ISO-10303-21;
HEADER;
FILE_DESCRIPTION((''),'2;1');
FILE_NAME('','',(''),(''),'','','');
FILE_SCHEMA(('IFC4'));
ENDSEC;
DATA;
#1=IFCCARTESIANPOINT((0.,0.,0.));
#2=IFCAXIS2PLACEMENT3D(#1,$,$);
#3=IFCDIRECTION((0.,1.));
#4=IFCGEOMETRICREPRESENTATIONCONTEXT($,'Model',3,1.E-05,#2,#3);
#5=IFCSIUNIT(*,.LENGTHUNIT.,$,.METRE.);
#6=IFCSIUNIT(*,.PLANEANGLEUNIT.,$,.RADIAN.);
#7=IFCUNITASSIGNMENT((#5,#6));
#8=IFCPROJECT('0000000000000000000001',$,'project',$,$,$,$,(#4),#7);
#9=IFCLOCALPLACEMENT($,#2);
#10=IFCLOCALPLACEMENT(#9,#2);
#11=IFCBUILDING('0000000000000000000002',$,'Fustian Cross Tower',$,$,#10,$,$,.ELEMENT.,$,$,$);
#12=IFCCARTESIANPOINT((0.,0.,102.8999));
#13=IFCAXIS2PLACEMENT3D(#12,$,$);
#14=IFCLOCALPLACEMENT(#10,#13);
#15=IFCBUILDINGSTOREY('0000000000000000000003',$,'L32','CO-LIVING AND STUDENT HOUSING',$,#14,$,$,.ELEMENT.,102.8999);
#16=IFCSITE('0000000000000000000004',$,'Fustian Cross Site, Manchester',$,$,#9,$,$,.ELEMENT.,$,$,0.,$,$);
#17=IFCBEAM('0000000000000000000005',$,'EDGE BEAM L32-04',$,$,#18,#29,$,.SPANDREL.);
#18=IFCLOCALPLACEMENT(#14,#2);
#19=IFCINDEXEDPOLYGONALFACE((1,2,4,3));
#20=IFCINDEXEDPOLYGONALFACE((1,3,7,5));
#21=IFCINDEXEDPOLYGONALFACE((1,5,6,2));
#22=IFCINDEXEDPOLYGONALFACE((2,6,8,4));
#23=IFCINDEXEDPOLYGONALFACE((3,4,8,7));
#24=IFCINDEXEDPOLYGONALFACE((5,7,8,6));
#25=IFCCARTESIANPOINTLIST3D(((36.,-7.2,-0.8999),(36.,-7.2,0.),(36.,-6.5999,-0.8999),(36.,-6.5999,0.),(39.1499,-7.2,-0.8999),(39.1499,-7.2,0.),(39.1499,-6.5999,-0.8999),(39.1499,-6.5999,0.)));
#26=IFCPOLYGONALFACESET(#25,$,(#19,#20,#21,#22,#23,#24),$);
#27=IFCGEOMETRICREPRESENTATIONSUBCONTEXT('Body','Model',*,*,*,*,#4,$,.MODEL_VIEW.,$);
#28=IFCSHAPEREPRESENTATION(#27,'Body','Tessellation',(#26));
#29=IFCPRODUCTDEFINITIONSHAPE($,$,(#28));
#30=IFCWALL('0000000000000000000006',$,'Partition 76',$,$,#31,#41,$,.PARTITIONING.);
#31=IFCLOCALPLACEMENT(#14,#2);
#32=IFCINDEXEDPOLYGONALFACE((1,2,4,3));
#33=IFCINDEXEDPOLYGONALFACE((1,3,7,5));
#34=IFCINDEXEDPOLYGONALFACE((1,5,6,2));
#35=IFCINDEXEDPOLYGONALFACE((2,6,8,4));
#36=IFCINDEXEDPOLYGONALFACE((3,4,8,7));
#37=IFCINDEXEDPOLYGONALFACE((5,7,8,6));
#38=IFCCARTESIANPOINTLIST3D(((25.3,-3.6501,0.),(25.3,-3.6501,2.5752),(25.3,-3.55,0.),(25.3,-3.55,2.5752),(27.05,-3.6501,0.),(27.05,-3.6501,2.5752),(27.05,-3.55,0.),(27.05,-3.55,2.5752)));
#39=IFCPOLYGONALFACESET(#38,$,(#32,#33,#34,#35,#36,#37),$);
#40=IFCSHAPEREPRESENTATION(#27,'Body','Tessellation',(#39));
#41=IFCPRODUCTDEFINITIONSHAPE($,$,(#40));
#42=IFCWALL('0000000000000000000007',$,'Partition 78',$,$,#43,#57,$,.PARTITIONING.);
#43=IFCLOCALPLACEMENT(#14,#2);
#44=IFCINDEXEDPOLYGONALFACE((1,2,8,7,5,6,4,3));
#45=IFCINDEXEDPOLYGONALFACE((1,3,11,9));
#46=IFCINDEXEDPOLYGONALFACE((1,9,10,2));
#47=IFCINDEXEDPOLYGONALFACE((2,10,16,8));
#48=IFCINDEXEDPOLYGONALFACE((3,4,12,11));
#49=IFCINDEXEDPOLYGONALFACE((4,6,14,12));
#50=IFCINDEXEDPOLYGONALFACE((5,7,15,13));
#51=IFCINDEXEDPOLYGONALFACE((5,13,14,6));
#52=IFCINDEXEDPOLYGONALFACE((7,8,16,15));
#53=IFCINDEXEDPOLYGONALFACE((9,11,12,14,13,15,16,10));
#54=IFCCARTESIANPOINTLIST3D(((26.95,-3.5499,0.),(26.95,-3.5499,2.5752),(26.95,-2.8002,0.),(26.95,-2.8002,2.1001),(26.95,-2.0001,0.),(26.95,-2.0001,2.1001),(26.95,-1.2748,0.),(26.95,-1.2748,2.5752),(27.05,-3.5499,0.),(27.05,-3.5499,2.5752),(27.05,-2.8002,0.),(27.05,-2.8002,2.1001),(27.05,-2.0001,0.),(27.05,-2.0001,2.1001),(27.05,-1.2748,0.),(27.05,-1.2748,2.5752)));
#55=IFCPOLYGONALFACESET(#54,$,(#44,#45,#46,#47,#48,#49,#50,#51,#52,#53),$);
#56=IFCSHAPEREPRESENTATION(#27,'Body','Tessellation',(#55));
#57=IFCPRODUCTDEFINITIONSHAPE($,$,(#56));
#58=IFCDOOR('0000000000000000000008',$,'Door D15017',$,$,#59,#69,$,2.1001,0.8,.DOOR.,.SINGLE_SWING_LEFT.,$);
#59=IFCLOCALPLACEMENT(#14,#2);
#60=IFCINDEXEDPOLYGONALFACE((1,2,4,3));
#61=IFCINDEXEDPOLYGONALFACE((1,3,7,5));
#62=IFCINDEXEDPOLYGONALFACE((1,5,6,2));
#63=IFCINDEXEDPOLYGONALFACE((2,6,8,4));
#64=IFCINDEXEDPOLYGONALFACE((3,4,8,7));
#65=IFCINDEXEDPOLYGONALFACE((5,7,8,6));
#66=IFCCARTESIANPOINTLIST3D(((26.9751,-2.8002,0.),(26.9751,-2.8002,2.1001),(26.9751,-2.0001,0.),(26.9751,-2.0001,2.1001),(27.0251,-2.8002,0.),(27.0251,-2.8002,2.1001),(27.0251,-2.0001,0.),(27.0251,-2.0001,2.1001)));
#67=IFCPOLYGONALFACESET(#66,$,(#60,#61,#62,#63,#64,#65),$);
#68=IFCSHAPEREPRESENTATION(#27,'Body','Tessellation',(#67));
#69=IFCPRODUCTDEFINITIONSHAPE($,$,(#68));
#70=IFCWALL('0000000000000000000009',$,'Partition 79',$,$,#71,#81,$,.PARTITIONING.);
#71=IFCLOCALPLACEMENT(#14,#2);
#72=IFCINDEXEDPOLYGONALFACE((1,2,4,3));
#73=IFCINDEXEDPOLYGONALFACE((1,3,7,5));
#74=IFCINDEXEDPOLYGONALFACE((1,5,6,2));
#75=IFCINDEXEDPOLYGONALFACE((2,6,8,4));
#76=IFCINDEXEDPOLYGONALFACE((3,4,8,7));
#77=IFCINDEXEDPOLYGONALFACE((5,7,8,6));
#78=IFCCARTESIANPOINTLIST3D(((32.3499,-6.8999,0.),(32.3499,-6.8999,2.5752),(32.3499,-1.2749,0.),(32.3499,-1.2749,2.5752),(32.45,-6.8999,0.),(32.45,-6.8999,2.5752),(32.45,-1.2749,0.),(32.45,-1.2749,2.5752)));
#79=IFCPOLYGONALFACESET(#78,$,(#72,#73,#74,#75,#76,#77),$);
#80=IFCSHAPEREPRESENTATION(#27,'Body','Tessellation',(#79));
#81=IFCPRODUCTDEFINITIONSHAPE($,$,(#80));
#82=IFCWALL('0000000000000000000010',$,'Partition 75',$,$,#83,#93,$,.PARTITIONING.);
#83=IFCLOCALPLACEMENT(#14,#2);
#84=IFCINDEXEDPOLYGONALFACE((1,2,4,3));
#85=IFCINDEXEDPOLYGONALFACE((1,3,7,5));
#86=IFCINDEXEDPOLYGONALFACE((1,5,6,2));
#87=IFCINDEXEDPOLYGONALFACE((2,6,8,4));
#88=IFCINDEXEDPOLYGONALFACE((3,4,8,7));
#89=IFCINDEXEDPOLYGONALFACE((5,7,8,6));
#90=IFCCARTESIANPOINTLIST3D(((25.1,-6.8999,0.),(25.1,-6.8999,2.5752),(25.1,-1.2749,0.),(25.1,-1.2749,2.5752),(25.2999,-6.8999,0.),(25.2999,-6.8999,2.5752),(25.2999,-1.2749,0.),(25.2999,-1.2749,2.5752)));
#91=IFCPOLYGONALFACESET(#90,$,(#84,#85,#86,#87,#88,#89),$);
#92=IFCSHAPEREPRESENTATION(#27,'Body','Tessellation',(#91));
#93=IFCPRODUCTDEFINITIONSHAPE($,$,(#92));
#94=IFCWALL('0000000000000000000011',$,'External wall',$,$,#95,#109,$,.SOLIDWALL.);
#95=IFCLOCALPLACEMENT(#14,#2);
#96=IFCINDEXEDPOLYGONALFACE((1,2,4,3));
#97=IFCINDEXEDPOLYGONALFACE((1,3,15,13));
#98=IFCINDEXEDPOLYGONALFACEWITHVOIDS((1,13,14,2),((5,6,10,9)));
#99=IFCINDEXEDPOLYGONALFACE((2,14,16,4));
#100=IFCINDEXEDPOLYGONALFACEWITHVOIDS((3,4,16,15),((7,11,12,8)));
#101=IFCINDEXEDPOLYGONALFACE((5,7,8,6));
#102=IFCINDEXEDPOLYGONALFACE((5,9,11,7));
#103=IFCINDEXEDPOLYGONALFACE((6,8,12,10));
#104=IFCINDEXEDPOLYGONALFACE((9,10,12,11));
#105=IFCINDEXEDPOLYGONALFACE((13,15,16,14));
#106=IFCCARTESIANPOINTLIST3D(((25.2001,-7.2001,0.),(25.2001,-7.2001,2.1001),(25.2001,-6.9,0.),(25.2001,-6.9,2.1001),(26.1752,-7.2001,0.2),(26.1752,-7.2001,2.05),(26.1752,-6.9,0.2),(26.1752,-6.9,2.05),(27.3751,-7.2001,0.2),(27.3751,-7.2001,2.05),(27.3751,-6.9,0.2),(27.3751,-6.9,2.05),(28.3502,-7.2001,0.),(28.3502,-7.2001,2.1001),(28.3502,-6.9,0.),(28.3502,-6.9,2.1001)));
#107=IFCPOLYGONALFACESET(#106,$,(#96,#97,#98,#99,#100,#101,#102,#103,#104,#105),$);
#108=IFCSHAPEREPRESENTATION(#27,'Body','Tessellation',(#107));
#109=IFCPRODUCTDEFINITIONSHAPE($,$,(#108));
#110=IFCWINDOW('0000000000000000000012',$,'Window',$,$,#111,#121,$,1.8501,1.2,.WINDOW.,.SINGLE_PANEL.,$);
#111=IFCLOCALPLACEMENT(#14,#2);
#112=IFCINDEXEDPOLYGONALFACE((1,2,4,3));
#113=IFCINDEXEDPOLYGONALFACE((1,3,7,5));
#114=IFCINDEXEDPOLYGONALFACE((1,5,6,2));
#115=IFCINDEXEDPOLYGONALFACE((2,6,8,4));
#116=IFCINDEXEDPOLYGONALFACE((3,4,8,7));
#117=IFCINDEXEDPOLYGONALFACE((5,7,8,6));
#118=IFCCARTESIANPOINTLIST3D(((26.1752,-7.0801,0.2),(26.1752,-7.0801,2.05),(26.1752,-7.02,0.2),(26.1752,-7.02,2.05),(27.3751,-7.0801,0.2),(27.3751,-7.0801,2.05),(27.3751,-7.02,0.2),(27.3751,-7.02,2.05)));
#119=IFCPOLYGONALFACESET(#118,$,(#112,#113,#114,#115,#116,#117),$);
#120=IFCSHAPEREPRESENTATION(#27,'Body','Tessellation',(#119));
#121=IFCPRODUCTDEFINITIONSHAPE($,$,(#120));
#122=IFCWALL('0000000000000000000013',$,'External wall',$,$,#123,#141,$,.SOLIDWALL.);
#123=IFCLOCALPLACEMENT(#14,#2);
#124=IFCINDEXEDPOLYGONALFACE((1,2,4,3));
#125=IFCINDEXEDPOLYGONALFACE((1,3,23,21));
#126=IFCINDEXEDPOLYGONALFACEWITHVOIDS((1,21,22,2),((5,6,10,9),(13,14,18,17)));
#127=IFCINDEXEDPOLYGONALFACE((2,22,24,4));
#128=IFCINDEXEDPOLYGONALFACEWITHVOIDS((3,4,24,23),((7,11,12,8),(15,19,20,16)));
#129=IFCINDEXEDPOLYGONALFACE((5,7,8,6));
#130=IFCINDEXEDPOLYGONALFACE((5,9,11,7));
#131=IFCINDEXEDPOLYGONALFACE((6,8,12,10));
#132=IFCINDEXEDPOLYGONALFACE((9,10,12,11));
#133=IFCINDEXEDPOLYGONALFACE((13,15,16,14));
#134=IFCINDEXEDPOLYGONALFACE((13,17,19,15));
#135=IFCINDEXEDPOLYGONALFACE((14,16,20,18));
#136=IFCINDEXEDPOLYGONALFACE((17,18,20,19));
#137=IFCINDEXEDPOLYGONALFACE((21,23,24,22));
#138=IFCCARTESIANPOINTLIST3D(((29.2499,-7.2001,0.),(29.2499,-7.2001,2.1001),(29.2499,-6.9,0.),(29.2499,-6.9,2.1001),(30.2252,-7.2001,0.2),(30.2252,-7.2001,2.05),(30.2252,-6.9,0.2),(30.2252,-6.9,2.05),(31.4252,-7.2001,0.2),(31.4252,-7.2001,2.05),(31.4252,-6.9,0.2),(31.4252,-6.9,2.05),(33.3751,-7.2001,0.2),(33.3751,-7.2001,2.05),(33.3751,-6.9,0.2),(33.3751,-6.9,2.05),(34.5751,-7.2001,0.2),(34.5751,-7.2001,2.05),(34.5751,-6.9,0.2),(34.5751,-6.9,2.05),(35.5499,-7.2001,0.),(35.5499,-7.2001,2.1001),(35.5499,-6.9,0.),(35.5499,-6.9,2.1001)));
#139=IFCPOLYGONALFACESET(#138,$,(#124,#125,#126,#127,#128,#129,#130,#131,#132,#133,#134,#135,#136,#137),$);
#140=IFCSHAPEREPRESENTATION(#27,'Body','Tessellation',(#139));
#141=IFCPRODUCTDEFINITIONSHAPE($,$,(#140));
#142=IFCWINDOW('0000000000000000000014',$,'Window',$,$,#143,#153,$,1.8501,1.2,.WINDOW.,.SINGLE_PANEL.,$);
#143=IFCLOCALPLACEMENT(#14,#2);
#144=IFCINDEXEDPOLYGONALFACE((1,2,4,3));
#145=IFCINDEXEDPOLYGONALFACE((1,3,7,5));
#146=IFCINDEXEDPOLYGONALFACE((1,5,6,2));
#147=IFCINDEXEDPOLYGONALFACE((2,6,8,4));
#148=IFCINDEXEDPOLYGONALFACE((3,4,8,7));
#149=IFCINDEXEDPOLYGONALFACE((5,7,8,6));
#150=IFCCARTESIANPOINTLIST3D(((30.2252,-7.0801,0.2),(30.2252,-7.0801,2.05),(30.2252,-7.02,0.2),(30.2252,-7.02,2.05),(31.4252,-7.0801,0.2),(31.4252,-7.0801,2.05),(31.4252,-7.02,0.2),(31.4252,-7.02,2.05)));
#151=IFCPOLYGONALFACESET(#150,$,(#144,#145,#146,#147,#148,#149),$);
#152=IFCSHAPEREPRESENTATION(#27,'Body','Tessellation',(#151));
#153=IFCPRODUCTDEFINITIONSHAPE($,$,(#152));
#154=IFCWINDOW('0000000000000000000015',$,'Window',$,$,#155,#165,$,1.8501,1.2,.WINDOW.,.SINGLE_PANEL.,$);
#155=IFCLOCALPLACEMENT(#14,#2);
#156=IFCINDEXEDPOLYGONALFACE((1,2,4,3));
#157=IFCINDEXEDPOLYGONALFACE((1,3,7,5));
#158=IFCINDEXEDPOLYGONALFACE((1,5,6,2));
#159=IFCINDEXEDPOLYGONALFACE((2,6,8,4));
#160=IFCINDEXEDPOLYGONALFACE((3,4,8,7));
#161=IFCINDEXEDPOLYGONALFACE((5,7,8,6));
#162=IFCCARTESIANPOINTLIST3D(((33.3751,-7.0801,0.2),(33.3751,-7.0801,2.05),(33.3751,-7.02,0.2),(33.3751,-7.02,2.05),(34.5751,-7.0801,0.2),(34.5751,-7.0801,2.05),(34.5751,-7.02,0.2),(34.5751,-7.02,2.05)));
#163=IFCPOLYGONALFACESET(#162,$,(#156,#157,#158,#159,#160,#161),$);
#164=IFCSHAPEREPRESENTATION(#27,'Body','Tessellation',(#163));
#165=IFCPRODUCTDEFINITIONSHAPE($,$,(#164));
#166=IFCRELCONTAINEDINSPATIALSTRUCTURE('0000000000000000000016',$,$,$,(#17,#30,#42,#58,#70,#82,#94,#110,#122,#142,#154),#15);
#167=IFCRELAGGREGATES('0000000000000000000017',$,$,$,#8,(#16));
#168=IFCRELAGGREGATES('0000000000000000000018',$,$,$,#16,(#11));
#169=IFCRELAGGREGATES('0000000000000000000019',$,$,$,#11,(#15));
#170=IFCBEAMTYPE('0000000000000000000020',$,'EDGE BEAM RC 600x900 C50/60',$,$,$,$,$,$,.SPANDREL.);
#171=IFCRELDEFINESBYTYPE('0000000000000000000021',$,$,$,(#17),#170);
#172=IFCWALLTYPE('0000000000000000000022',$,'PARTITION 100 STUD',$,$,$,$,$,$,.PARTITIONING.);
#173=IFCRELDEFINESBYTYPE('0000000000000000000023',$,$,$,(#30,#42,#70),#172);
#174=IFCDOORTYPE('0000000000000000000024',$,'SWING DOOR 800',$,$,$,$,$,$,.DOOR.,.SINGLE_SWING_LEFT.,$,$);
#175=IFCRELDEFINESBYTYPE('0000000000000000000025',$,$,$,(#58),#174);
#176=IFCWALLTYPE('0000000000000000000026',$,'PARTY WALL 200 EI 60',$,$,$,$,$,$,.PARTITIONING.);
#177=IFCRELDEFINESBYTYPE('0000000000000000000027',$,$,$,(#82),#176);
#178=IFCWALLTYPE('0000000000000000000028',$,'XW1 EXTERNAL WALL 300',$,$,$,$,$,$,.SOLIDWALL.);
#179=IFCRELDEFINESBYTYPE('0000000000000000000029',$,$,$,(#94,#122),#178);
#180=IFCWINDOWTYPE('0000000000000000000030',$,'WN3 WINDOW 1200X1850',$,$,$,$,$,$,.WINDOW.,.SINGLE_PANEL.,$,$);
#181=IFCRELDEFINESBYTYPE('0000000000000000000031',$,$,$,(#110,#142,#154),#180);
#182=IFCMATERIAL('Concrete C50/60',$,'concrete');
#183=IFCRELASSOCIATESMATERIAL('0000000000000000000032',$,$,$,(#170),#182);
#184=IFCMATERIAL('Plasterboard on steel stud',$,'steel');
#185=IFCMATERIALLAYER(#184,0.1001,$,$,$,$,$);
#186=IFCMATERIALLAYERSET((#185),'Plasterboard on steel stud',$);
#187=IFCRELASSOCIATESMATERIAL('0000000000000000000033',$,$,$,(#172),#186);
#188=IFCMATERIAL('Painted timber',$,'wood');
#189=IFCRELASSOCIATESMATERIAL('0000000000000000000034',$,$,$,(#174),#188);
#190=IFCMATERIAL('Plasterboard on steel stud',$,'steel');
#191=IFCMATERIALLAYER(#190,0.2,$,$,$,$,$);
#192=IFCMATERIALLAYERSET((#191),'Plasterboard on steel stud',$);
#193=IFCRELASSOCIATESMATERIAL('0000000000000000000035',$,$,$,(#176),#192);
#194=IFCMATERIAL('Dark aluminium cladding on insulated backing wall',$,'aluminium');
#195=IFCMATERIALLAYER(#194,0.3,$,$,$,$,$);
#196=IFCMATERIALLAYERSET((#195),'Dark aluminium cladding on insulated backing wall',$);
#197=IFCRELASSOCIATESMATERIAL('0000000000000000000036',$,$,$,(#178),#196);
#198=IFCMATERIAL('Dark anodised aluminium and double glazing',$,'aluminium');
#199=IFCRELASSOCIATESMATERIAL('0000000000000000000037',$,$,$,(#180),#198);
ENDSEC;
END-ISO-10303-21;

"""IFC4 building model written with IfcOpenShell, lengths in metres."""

from ifc_helpers import new_model, si_unit, direction, frame, frame_2d, origin, origin_2d, place, context, subcontext, project, spatial, rectangle, extrude, material, layer, layer_set, material_profile, profile_set, type_object, element, fill, save


model = new_model("IFC4")

# Units and contexts
model_context = context("Model", 3, precision=1e-05, world=origin(), true_north=direction((0.0, 1.0)))
body_context = subcontext(model_context, "Body", "Model", "MODEL_VIEW")
ifc_project = project(units=[si_unit("LENGTHUNIT", "METRE"), si_unit("PLANEANGLEUNIT", "RADIAN")], contexts=[model_context])

# Site, building, storey
site_placement = place(None, origin())
site = spatial("IfcSite", under=ifc_project, at=site_placement, Name="Fustian Cross Site, Manchester", CompositionType="ELEMENT", RefElevation=0.0)
building_placement = place(site_placement, origin())
building = spatial("IfcBuilding", under=site, at=building_placement, Name="Fustian Cross Tower", CompositionType="ELEMENT")
storey_placement = place(building_placement, frame((0.0, 0.0, 102.8999)))
storey = spatial("IfcBuildingStorey", under=building, at=storey_placement, Name="L32", Description="CO-LIVING AND STUDENT HOUSING", CompositionType="ELEMENT", Elevation=102.8999)

# Beam
ifc_material_1 = material(Name="Concrete C50/60", Category="concrete")
ifc_material_profile_1 = material_profile(ifc_material_1, rectangle(XDim=0.6001, YDim=0.8999, at=origin_2d()), Name="RC 600x900")
ifc_profile_set_1 = profile_set([ifc_material_profile_1], Name="Concrete C50/60")
beam_type = type_object("IfcBeamType", Name="EDGE BEAM RC 600x900 C50/60", PredefinedType="SPANDREL", material=ifc_profile_set_1)
beam_1_placement = place(storey_placement, frame((36.0, -6.8999, -0.45), z_axis=(1.0, 0.0, 0.0), x_axis=(0.0, 1.0, 0.0)))
element("IfcBeam", 1, at=beam_1_placement, inside=storey, type_object=beam_type, Name="EDGE BEAM L32-04", PredefinedType="SPANDREL", context=body_context, shape_type="SweptSolid", body=[
    extrude(rectangle(XDim=0.6001, YDim=0.8999, at=origin_2d()), origin(), (0.0, 0.0, 1.0), 3.1499),
])

# Wall
ifc_material_2 = material(Name="Plasterboard on steel stud", Category="steel")
ifc_layer_1 = layer(ifc_material_2, 0.1001)
ifc_layer_set_1 = layer_set([ifc_layer_1], Name="Plasterboard on steel stud")
wall_type_1 = type_object("IfcWallType", Name="PARTITION 100 STUD", PredefinedType="PARTITIONING", material=ifc_layer_set_1)
wall_1_placement = place(storey_placement, frame((25.3, -3.6001, 0.0), z_axis=(0.0, 0.0, 1.0), x_axis=(1.0, 0.0, 0.0)))
element("IfcWall", 2, at=wall_1_placement, inside=storey, type_object=wall_type_1, Name="Partition 76", PredefinedType="PARTITIONING", context=body_context, shape_type="SweptSolid", body=[
    extrude(rectangle(XDim=1.75, YDim=0.1001, at=frame_2d((0.875, 0.0))), origin(), (0.0, 0.0, 1.0), 2.5752),
])

# Wall, opening, door
wall_2_placement = place(storey_placement, frame((27.0, -3.55, 0.0), z_axis=(0.0, 0.0, 1.0), x_axis=(0.0, 1.0, 0.0)))
wall_2 = element("IfcWall", 3, at=wall_2_placement, inside=storey, type_object=wall_type_1, Name="Partition 78", PredefinedType="PARTITIONING", context=body_context, shape_type="SweptSolid", body=[
    extrude(rectangle(XDim=2.2751, YDim=0.1001, at=frame_2d((1.1377, 0.0))), origin(), (0.0, 0.0, 1.0), 2.5752),
])
opening_1_placement = place(wall_2_placement, frame((0.75, 0.0, 0.0)))
opening_1 = element("IfcOpeningElement", 4, at=opening_1_placement, cuts=wall_2, PredefinedType="OPENING", context=body_context, shape_type="SweptSolid", body=[
    extrude(rectangle(XDim=0.8, YDim=2.1001, at=frame_2d((0.3999, 1.05))), frame((0.0, 0.0601, 0.0), z_axis=(0.0, -1.0, 0.0), x_axis=(1.0, 0.0, 0.0)), (0.0, 0.0, 1.0), 0.1201),
])
ifc_material_3 = material(Name="Painted timber", Category="wood")
door_type = type_object("IfcDoorType", Name="SWING DOOR 800", OperationType="SINGLE_SWING_LEFT", PredefinedType="DOOR", material=ifc_material_3)
door_placement = place(opening_1_placement, origin())
door = element("IfcDoor", 5, at=door_placement, inside=storey, type_object=door_type, Name="Door D15017", OperationType="SINGLE_SWING_LEFT", OverallHeight=2.1001, OverallWidth=0.8, PredefinedType="DOOR", context=body_context, shape_type="SweptSolid", body=[
    extrude(rectangle(XDim=0.8, YDim=2.1001, at=frame_2d((0.3999, 1.05))), frame((0.0, 0.0249, 0.0), z_axis=(0.0, -1.0, 0.0), x_axis=(1.0, 0.0, 0.0)), (0.0, 0.0, 1.0), 0.05),
])
fill(opening_1, door)

# Walls
wall_3_placement = place(storey_placement, frame((32.3999, -6.8999, 0.0), z_axis=(0.0, 0.0, 1.0), x_axis=(0.0, 1.0, 0.0)))
element("IfcWall", 6, at=wall_3_placement, inside=storey, type_object=wall_type_1, Name="Partition 79", PredefinedType="PARTITIONING", context=body_context, shape_type="SweptSolid", body=[
    extrude(rectangle(XDim=5.625, YDim=0.1001, at=frame_2d((2.8125, 0.0))), origin(), (0.0, 0.0, 1.0), 2.5752),
])
ifc_material_4 = material(Name="Plasterboard on steel stud", Category="steel")
ifc_layer_2 = layer(ifc_material_4, 0.2)
ifc_layer_set_2 = layer_set([ifc_layer_2], Name="Plasterboard on steel stud")
wall_type_2 = type_object("IfcWallType", Name="PARTY WALL 200 EI 60", PredefinedType="PARTITIONING", material=ifc_layer_set_2)
wall_4_placement = place(storey_placement, frame((25.2, -6.8999, 0.0), z_axis=(0.0, 0.0, 1.0), x_axis=(0.0, 1.0, 0.0)))
element("IfcWall", 7, at=wall_4_placement, inside=storey, type_object=wall_type_2, Name="Partition 75", PredefinedType="PARTITIONING", context=body_context, shape_type="SweptSolid", body=[
    extrude(rectangle(XDim=5.625, YDim=0.2, at=frame_2d((2.8125, 0.0))), origin(), (0.0, 0.0, 1.0), 2.5752),
])

# Wall, opening, window
ifc_material_5 = material(Name="Dark aluminium cladding on insulated backing wall", Category="aluminium")
ifc_layer_3 = layer(ifc_material_5, 0.3)
ifc_layer_set_3 = layer_set([ifc_layer_3], Name="Dark aluminium cladding on insulated backing wall")
wall_type_3 = type_object("IfcWallType", Name="XW1 EXTERNAL WALL 300", PredefinedType="SOLIDWALL", material=ifc_layer_set_3)
wall_5_placement = place(storey_placement, frame((25.2, -7.05, 0.0), z_axis=(0.0, 0.0, 1.0), x_axis=(1.0, 0.0, 0.0)))
wall_5 = element("IfcWall", 8, at=wall_5_placement, inside=storey, type_object=wall_type_3, Name="External wall", PredefinedType="SOLIDWALL", context=body_context, shape_type="SweptSolid", body=[
    extrude(rectangle(XDim=3.1501, YDim=0.3, at=frame_2d((1.5752, 0.0))), origin(), (0.0, 0.0, 1.0), 2.1001),
])
opening_2_placement = place(wall_5_placement, frame((0.9751, 0.0, 0.2)))
opening_2 = element("IfcOpeningElement", 9, at=opening_2_placement, cuts=wall_5, PredefinedType="OPENING", context=body_context, shape_type="SweptSolid", body=[
    extrude(rectangle(XDim=1.2, YDim=1.8501, at=frame_2d((0.6001, 0.925))), frame((0.0, 0.1599, 0.0), z_axis=(0.0, -1.0, 0.0), x_axis=(1.0, 0.0, 0.0)), (0.0, 0.0, 1.0), 0.3201),
])
ifc_material_6 = material(Name="Dark anodised aluminium and double glazing", Category="aluminium")
window_type = type_object("IfcWindowType", Name="WN3 WINDOW 1200X1850", PartitioningType="SINGLE_PANEL", PredefinedType="WINDOW", material=ifc_material_6)
window_1_placement = place(opening_2_placement, origin())
window_1 = element("IfcWindow", 10, at=window_1_placement, inside=storey, type_object=window_type, Name="Window", OverallHeight=1.8501, OverallWidth=1.2, PartitioningType="SINGLE_PANEL", PredefinedType="WINDOW", context=body_context, shape_type="SweptSolid", body=[
    extrude(rectangle(XDim=1.2, YDim=1.8501, at=frame_2d((0.6001, 0.925))), frame((0.0, 0.03, 0.0), z_axis=(0.0, -1.0, 0.0), x_axis=(1.0, 0.0, 0.0)), (0.0, 0.0, 1.0), 0.0601),
])
fill(opening_2, window_1)

# Wall, openings, windows
wall_6_placement = place(storey_placement, frame((29.25, -7.05, 0.0), z_axis=(0.0, 0.0, 1.0), x_axis=(1.0, 0.0, 0.0)))
wall_6 = element("IfcWall", 11, at=wall_6_placement, inside=storey, type_object=wall_type_3, Name="External wall", PredefinedType="SOLIDWALL", context=body_context, shape_type="SweptSolid", body=[
    extrude(rectangle(XDim=6.3, YDim=0.3, at=frame_2d((3.1499, 0.0))), origin(), (0.0, 0.0, 1.0), 2.1001),
])
opening_3_placement = place(wall_6_placement, frame((0.9751, 0.0, 0.2)))
opening_3 = element("IfcOpeningElement", 12, at=opening_3_placement, cuts=wall_6, PredefinedType="OPENING", context=body_context, shape_type="SweptSolid", body=[
    extrude(rectangle(XDim=1.2, YDim=1.8501, at=frame_2d((0.6001, 0.925))), frame((0.0, 0.1599, 0.0), z_axis=(0.0, -1.0, 0.0), x_axis=(1.0, 0.0, 0.0)), (0.0, 0.0, 1.0), 0.3201),
])
opening_4_placement = place(wall_6_placement, frame((4.125, 0.0, 0.2)))
opening_4 = element("IfcOpeningElement", 13, at=opening_4_placement, cuts=wall_6, PredefinedType="OPENING", context=body_context, shape_type="SweptSolid", body=[
    extrude(rectangle(XDim=1.2, YDim=1.8501, at=frame_2d((0.6001, 0.925))), frame((0.0, 0.1599, 0.0), z_axis=(0.0, -1.0, 0.0), x_axis=(1.0, 0.0, 0.0)), (0.0, 0.0, 1.0), 0.3201),
])
window_2_placement = place(opening_3_placement, origin())
window_2 = element("IfcWindow", 14, at=window_2_placement, inside=storey, type_object=window_type, Name="Window", OverallHeight=1.8501, OverallWidth=1.2, PartitioningType="SINGLE_PANEL", PredefinedType="WINDOW", context=body_context, shape_type="SweptSolid", body=[
    extrude(rectangle(XDim=1.2, YDim=1.8501, at=frame_2d((0.6001, 0.925))), frame((0.0, 0.03, 0.0), z_axis=(0.0, -1.0, 0.0), x_axis=(1.0, 0.0, 0.0)), (0.0, 0.0, 1.0), 0.0601),
])
fill(opening_3, window_2)
window_3_placement = place(opening_4_placement, origin())
window_3 = element("IfcWindow", 15, at=window_3_placement, inside=storey, type_object=window_type, Name="Window", OverallHeight=1.8501, OverallWidth=1.2, PartitioningType="SINGLE_PANEL", PredefinedType="WINDOW", context=body_context, shape_type="SweptSolid", body=[
    extrude(rectangle(XDim=1.2, YDim=1.8501, at=frame_2d((0.6001, 0.925))), frame((0.0, 0.03, 0.0), z_axis=(0.0, -1.0, 0.0), x_axis=(1.0, 0.0, 0.0)), (0.0, 0.0, 1.0), 0.0601),
])
fill(opening_4, window_3)

save(model, "model.ifc")
